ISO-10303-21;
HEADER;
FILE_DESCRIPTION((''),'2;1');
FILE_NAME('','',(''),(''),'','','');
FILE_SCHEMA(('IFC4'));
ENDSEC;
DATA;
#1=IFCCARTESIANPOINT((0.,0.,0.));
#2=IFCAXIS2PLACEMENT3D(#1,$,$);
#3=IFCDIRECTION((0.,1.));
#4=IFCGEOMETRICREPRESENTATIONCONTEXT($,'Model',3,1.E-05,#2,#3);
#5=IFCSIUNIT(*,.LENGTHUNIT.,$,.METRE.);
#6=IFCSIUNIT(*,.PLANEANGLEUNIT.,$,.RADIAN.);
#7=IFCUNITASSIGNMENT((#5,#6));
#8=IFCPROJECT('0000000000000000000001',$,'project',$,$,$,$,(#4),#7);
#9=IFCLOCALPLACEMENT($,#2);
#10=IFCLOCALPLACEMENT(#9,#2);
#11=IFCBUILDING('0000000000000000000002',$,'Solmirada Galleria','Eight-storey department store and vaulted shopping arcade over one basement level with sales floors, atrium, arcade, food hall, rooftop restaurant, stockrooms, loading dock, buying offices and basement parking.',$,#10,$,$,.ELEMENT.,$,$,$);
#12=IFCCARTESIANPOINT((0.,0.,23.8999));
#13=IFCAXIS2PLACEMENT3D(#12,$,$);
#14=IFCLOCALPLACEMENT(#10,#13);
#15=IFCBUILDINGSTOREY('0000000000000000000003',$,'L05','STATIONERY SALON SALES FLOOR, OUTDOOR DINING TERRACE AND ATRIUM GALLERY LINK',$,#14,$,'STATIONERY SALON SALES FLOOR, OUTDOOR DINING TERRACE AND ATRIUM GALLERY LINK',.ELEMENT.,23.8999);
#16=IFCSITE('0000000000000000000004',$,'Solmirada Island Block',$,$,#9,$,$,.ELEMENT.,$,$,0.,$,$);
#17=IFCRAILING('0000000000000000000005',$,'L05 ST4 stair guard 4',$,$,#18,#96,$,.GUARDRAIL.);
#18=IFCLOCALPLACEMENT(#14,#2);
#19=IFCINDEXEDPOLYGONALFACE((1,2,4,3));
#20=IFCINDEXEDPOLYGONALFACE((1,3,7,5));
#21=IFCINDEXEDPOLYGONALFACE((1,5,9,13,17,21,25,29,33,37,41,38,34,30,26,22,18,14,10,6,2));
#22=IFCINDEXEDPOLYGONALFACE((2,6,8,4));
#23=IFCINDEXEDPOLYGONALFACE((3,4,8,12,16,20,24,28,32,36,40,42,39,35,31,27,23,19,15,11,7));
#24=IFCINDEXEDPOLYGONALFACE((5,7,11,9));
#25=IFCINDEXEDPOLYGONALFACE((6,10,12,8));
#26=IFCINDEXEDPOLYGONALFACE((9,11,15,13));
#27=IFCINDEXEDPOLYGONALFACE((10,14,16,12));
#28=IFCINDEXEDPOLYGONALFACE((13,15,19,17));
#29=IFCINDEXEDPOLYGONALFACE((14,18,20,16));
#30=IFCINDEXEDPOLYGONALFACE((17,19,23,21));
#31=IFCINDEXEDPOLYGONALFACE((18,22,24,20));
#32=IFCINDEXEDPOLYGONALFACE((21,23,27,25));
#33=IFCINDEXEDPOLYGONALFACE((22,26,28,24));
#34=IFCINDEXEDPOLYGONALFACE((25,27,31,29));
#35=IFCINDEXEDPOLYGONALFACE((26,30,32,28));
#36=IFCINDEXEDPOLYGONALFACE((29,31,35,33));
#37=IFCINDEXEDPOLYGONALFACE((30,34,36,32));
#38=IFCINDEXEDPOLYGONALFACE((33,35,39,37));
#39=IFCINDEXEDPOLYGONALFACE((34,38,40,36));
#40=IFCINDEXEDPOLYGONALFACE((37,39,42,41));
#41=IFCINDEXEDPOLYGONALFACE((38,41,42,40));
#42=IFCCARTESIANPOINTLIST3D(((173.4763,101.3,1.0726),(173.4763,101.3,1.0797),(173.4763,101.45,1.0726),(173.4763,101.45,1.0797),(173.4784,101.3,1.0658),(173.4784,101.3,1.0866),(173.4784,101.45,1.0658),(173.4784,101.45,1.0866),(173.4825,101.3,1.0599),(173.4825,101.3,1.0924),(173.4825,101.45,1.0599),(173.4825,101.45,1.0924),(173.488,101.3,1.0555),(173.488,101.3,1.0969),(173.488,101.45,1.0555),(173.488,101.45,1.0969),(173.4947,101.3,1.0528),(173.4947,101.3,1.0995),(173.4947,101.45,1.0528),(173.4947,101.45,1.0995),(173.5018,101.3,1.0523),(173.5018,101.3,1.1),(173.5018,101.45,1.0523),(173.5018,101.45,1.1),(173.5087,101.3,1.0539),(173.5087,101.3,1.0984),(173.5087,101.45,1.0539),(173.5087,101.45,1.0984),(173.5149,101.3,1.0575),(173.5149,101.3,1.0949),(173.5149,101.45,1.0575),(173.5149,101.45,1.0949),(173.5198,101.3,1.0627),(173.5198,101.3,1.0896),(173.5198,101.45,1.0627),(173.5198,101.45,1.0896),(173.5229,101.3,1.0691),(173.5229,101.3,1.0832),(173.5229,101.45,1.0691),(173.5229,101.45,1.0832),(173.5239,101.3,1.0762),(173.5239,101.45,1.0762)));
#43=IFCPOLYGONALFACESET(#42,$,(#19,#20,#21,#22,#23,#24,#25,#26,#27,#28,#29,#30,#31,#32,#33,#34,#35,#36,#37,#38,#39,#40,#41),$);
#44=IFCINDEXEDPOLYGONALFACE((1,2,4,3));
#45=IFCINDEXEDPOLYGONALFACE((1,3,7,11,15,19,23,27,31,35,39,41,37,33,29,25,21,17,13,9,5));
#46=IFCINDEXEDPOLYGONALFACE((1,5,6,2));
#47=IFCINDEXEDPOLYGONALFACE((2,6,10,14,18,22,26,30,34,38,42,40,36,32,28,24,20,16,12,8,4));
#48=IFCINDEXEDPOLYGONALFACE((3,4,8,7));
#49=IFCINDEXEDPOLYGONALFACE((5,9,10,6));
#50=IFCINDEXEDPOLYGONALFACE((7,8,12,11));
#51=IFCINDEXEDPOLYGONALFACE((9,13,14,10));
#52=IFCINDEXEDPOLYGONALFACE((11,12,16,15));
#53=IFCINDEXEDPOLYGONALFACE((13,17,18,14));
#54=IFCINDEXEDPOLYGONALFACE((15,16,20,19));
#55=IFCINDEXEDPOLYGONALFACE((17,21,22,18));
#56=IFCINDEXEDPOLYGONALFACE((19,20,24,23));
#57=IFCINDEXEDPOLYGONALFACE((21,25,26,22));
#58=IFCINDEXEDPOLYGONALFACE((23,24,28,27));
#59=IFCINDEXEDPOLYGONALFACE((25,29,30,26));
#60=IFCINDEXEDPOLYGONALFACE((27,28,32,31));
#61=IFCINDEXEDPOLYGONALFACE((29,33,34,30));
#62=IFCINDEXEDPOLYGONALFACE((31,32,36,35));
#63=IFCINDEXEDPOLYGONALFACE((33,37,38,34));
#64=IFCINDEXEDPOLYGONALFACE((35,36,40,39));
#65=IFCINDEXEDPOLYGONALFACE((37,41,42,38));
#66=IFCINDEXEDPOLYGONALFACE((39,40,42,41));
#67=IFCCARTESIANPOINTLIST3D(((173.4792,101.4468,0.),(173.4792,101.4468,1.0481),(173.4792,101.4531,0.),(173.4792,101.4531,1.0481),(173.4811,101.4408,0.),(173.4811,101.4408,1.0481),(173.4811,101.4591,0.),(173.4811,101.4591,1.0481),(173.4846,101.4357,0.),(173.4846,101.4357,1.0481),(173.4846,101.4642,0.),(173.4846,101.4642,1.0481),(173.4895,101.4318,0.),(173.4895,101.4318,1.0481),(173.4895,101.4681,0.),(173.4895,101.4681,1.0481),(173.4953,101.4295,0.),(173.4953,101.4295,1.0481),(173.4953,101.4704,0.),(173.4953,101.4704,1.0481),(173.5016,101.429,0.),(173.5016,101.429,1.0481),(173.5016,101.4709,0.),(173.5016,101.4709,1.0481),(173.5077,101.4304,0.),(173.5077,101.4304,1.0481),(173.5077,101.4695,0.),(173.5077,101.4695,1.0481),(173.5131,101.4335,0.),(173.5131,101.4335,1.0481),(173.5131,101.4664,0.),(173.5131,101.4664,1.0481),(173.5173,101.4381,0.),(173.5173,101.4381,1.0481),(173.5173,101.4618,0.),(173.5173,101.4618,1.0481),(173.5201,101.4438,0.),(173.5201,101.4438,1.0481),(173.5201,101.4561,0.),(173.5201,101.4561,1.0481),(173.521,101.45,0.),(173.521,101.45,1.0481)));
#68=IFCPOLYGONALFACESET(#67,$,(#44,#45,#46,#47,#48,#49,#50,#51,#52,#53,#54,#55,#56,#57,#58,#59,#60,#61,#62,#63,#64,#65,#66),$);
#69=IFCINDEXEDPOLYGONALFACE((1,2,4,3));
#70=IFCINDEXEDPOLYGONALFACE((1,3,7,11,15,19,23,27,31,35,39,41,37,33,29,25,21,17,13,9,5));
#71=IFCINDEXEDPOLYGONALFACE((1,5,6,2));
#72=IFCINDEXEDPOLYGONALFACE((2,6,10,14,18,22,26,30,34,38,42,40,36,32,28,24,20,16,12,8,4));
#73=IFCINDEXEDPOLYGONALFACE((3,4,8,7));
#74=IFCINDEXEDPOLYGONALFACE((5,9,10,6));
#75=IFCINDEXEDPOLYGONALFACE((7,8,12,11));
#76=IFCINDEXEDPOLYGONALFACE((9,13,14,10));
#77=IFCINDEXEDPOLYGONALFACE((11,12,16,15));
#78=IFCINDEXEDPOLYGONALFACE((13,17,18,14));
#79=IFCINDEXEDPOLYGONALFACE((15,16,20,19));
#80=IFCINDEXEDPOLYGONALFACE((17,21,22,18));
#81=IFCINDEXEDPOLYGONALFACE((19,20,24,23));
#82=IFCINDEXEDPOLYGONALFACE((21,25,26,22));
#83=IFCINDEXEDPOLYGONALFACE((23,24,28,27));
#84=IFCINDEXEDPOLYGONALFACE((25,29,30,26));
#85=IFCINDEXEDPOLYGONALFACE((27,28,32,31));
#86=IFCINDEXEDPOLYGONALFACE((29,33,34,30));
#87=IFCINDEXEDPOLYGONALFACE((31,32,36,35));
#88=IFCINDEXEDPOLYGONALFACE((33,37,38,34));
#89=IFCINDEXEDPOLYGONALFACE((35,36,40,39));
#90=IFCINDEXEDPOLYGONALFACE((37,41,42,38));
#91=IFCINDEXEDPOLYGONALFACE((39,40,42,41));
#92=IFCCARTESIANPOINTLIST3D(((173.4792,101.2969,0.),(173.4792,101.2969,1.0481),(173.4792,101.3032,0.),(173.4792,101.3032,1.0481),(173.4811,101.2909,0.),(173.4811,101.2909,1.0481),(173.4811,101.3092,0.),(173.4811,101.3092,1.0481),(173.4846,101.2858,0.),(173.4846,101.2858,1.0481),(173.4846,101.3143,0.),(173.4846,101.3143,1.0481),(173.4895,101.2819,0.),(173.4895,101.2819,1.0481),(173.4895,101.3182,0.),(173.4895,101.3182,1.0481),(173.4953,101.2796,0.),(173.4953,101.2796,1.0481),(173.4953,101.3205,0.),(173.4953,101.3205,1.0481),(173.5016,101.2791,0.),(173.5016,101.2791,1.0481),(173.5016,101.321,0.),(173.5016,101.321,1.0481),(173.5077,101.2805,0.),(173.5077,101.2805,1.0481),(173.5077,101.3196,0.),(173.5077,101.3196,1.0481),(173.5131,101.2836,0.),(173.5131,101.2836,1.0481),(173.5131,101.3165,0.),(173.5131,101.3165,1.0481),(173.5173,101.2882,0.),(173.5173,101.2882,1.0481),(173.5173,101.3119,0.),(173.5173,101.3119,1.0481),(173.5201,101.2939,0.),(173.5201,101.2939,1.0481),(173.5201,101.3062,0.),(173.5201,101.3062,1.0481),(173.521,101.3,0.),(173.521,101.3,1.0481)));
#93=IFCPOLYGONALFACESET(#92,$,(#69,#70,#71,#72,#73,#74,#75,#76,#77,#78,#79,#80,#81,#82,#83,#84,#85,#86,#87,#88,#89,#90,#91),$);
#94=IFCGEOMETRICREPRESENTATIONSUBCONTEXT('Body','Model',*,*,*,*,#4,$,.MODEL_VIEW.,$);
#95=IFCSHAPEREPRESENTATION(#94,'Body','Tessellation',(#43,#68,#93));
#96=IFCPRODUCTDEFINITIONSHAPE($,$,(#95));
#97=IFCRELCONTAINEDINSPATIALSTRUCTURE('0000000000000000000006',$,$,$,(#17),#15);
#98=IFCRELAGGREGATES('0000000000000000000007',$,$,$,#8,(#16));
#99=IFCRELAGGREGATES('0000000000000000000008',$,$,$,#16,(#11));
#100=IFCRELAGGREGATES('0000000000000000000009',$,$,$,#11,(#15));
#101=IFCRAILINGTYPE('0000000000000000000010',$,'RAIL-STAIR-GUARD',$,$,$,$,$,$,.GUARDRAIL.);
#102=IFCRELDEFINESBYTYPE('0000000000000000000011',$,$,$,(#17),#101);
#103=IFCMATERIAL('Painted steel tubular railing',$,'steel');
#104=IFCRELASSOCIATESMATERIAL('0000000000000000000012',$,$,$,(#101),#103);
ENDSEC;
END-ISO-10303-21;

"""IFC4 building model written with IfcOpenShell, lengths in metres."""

from ifc_helpers import new_model, si_unit, direction, frame, origin, origin_2d, place, context, subcontext, project, spatial, circle, extrude, material, type_object, element, save


model = new_model("IFC4")

# Units and contexts
model_context = context("Model", 3, precision=1e-05, world=origin(), true_north=direction((0.0, 1.0)))
body_context = subcontext(model_context, "Body", "Model", "MODEL_VIEW")
ifc_project = project(units=[si_unit("LENGTHUNIT", "METRE"), si_unit("PLANEANGLEUNIT", "RADIAN")], contexts=[model_context])

# Site, building, storey
site_placement = place(None, origin())
site = spatial("IfcSite", under=ifc_project, at=site_placement, Name="Solmirada Island Block", CompositionType="ELEMENT", RefElevation=0.0)
building_placement = place(site_placement, origin())
building = spatial("IfcBuilding", under=site, at=building_placement, Name="Solmirada Galleria", Description="Eight-storey department store and vaulted shopping arcade over one basement level with sales floors, atrium, arcade, food hall, rooftop restaurant, stockrooms, loading dock, buying offices and basement parking.", CompositionType="ELEMENT")
storey_placement = place(building_placement, frame((0.0, 0.0, 23.8999)))
storey = spatial("IfcBuildingStorey", under=building, at=storey_placement, Name="L05", Description="STATIONERY SALON SALES FLOOR, OUTDOOR DINING TERRACE AND ATRIUM GALLERY LINK", LongName="STATIONERY SALON SALES FLOOR, OUTDOOR DINING TERRACE AND ATRIUM GALLERY LINK", CompositionType="ELEMENT", Elevation=23.8999)

# Railing
ifc_material_1 = material(Name="Painted steel tubular railing", Category="steel")
railing_type_1 = type_object("IfcRailingType", Name="RAIL-STAIR-GUARD", PredefinedType="GUARDRAIL", material=ifc_material_1)
railing_1_placement = place(storey_placement, frame((173.5, 101.45, 0.0)))
element("IfcRailing", 1, at=railing_1_placement, inside=storey, type_object=railing_type_1, Name="L05 ST4 stair guard 4", PredefinedType="GUARDRAIL", context=body_context, shape_type="SweptSolid", body=[
    extrude(circle(Radius=0.0239, at=origin_2d()), frame((0.0, 0.0, 1.0762), z_axis=(0.0, -1.0, 0.0), x_axis=(1.0, 0.0, 0.0)), (0.0, 0.0, 1.0), 0.1499),
    extrude(circle(Radius=0.021, at=origin_2d()), origin(), (0.0, 0.0, 1.0), 1.0481),
    extrude(circle(Radius=0.021, at=origin_2d()), frame((0.0, -0.1499, 0.0)), (0.0, 0.0, 1.0), 1.0481),
])

save(model, "model.ifc")
